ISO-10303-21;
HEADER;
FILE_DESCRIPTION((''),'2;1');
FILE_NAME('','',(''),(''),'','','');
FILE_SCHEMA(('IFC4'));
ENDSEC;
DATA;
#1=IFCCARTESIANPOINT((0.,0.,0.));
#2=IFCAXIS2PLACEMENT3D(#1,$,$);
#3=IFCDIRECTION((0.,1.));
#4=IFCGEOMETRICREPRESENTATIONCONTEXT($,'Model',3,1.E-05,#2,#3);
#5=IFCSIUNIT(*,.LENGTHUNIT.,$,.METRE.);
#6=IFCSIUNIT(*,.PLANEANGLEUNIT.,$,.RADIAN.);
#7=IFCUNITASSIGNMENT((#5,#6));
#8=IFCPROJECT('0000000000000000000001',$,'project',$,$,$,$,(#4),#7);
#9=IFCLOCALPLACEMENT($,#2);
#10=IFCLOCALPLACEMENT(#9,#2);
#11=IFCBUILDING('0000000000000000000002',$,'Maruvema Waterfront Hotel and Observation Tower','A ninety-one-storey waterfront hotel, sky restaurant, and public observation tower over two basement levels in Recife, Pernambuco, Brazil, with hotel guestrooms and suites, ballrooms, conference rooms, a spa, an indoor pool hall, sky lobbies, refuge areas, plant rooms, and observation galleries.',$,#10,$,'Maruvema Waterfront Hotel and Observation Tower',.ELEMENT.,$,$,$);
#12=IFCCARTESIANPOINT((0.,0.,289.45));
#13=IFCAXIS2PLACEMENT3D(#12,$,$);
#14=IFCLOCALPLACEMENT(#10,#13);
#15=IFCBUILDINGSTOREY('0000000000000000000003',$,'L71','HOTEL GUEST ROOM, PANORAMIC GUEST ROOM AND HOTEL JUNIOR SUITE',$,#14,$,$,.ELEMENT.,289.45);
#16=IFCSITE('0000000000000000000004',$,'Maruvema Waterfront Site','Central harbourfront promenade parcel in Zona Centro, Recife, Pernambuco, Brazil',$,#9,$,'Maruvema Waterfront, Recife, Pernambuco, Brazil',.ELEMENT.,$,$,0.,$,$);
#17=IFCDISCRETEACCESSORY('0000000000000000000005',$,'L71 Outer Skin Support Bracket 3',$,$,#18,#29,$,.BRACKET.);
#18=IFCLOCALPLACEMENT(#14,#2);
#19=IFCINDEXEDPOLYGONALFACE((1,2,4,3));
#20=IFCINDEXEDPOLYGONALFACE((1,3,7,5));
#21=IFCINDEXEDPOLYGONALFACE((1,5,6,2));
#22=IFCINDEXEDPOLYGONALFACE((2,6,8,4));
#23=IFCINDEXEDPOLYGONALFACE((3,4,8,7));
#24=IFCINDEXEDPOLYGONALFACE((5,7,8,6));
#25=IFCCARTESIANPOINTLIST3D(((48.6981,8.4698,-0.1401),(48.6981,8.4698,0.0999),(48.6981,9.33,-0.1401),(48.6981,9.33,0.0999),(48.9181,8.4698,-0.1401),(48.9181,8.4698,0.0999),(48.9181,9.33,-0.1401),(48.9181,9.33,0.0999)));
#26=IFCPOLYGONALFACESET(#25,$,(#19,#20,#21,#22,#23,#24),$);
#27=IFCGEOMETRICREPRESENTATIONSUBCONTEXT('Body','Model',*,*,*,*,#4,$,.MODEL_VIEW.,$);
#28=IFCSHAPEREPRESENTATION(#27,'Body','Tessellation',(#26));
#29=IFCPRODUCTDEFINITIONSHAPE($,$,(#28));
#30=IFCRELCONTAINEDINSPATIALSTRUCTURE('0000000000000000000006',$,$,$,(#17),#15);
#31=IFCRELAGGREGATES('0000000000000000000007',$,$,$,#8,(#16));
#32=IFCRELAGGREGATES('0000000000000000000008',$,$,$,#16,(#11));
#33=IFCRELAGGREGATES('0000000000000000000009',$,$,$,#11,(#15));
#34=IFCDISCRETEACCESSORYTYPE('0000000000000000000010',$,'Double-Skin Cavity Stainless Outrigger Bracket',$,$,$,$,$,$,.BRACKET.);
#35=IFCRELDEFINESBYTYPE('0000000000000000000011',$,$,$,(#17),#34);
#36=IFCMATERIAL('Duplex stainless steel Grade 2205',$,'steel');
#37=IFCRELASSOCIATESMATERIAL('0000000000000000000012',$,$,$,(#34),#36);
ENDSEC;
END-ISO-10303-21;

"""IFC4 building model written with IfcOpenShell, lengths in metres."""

from ifc_helpers import new_model, si_unit, direction, frame, origin, origin_2d, place, context, subcontext, project, spatial, rectangle, extrude, material, type_object, element, save


model = new_model("IFC4")

# Units and contexts
model_context = context("Model", 3, precision=1e-05, world=origin(), true_north=direction((0.0, 1.0)))
body_context = subcontext(model_context, "Body", "Model", "MODEL_VIEW")
ifc_project = project(units=[si_unit("LENGTHUNIT", "METRE"), si_unit("PLANEANGLEUNIT", "RADIAN")], contexts=[model_context])

# Site, building, storey
site_placement = place(None, origin())
site = spatial("IfcSite", under=ifc_project, at=site_placement, Name="Maruvema Waterfront Site", Description="Central harbourfront promenade parcel in Zona Centro, Recife, Pernambuco, Brazil", LongName="Maruvema Waterfront, Recife, Pernambuco, Brazil", CompositionType="ELEMENT", RefElevation=0.0)
building_placement = place(site_placement, origin())
building = spatial("IfcBuilding", under=site, at=building_placement, Name="Maruvema Waterfront Hotel and Observation Tower", Description="A ninety-one-storey waterfront hotel, sky restaurant, and public observation tower over two basement levels in Recife, Pernambuco, Brazil, with hotel guestrooms and suites, ballrooms, conference rooms, a spa, an indoor pool hall, sky lobbies, refuge areas, plant rooms, and observation galleries.", LongName="Maruvema Waterfront Hotel and Observation Tower", CompositionType="ELEMENT")
storey_placement = place(building_placement, frame((0.0, 0.0, 289.45)))
storey = spatial("IfcBuildingStorey", under=building, at=storey_placement, Name="L71", Description="HOTEL GUEST ROOM, PANORAMIC GUEST ROOM AND HOTEL JUNIOR SUITE", CompositionType="ELEMENT", Elevation=289.45)

# Discrete accessory
ifc_material_1 = material(Name="Duplex stainless steel Grade 2205", Category="steel")
discrete_accessory_type = type_object("IfcDiscreteAccessoryType", Name="Double-Skin Cavity Stainless Outrigger Bracket", PredefinedType="BRACKET", material=ifc_material_1)
discrete_accessory_placement = place(storey_placement, frame((48.8081, 8.8999, -0.1401), z_axis=(0.0, 0.0, 1.0), x_axis=(1.0, 0.0, 0.0)))
element("IfcDiscreteAccessory", 1, at=discrete_accessory_placement, inside=storey, type_object=discrete_accessory_type, Name="L71 Outer Skin Support Bracket 3", PredefinedType="BRACKET", context=body_context, shape_type="SweptSolid", body=[
    extrude(rectangle(XDim=0.22, YDim=0.8601, at=origin_2d()), origin(), (0.0, 0.0, 1.0), 0.24),
])

save(model, "model.ifc")
